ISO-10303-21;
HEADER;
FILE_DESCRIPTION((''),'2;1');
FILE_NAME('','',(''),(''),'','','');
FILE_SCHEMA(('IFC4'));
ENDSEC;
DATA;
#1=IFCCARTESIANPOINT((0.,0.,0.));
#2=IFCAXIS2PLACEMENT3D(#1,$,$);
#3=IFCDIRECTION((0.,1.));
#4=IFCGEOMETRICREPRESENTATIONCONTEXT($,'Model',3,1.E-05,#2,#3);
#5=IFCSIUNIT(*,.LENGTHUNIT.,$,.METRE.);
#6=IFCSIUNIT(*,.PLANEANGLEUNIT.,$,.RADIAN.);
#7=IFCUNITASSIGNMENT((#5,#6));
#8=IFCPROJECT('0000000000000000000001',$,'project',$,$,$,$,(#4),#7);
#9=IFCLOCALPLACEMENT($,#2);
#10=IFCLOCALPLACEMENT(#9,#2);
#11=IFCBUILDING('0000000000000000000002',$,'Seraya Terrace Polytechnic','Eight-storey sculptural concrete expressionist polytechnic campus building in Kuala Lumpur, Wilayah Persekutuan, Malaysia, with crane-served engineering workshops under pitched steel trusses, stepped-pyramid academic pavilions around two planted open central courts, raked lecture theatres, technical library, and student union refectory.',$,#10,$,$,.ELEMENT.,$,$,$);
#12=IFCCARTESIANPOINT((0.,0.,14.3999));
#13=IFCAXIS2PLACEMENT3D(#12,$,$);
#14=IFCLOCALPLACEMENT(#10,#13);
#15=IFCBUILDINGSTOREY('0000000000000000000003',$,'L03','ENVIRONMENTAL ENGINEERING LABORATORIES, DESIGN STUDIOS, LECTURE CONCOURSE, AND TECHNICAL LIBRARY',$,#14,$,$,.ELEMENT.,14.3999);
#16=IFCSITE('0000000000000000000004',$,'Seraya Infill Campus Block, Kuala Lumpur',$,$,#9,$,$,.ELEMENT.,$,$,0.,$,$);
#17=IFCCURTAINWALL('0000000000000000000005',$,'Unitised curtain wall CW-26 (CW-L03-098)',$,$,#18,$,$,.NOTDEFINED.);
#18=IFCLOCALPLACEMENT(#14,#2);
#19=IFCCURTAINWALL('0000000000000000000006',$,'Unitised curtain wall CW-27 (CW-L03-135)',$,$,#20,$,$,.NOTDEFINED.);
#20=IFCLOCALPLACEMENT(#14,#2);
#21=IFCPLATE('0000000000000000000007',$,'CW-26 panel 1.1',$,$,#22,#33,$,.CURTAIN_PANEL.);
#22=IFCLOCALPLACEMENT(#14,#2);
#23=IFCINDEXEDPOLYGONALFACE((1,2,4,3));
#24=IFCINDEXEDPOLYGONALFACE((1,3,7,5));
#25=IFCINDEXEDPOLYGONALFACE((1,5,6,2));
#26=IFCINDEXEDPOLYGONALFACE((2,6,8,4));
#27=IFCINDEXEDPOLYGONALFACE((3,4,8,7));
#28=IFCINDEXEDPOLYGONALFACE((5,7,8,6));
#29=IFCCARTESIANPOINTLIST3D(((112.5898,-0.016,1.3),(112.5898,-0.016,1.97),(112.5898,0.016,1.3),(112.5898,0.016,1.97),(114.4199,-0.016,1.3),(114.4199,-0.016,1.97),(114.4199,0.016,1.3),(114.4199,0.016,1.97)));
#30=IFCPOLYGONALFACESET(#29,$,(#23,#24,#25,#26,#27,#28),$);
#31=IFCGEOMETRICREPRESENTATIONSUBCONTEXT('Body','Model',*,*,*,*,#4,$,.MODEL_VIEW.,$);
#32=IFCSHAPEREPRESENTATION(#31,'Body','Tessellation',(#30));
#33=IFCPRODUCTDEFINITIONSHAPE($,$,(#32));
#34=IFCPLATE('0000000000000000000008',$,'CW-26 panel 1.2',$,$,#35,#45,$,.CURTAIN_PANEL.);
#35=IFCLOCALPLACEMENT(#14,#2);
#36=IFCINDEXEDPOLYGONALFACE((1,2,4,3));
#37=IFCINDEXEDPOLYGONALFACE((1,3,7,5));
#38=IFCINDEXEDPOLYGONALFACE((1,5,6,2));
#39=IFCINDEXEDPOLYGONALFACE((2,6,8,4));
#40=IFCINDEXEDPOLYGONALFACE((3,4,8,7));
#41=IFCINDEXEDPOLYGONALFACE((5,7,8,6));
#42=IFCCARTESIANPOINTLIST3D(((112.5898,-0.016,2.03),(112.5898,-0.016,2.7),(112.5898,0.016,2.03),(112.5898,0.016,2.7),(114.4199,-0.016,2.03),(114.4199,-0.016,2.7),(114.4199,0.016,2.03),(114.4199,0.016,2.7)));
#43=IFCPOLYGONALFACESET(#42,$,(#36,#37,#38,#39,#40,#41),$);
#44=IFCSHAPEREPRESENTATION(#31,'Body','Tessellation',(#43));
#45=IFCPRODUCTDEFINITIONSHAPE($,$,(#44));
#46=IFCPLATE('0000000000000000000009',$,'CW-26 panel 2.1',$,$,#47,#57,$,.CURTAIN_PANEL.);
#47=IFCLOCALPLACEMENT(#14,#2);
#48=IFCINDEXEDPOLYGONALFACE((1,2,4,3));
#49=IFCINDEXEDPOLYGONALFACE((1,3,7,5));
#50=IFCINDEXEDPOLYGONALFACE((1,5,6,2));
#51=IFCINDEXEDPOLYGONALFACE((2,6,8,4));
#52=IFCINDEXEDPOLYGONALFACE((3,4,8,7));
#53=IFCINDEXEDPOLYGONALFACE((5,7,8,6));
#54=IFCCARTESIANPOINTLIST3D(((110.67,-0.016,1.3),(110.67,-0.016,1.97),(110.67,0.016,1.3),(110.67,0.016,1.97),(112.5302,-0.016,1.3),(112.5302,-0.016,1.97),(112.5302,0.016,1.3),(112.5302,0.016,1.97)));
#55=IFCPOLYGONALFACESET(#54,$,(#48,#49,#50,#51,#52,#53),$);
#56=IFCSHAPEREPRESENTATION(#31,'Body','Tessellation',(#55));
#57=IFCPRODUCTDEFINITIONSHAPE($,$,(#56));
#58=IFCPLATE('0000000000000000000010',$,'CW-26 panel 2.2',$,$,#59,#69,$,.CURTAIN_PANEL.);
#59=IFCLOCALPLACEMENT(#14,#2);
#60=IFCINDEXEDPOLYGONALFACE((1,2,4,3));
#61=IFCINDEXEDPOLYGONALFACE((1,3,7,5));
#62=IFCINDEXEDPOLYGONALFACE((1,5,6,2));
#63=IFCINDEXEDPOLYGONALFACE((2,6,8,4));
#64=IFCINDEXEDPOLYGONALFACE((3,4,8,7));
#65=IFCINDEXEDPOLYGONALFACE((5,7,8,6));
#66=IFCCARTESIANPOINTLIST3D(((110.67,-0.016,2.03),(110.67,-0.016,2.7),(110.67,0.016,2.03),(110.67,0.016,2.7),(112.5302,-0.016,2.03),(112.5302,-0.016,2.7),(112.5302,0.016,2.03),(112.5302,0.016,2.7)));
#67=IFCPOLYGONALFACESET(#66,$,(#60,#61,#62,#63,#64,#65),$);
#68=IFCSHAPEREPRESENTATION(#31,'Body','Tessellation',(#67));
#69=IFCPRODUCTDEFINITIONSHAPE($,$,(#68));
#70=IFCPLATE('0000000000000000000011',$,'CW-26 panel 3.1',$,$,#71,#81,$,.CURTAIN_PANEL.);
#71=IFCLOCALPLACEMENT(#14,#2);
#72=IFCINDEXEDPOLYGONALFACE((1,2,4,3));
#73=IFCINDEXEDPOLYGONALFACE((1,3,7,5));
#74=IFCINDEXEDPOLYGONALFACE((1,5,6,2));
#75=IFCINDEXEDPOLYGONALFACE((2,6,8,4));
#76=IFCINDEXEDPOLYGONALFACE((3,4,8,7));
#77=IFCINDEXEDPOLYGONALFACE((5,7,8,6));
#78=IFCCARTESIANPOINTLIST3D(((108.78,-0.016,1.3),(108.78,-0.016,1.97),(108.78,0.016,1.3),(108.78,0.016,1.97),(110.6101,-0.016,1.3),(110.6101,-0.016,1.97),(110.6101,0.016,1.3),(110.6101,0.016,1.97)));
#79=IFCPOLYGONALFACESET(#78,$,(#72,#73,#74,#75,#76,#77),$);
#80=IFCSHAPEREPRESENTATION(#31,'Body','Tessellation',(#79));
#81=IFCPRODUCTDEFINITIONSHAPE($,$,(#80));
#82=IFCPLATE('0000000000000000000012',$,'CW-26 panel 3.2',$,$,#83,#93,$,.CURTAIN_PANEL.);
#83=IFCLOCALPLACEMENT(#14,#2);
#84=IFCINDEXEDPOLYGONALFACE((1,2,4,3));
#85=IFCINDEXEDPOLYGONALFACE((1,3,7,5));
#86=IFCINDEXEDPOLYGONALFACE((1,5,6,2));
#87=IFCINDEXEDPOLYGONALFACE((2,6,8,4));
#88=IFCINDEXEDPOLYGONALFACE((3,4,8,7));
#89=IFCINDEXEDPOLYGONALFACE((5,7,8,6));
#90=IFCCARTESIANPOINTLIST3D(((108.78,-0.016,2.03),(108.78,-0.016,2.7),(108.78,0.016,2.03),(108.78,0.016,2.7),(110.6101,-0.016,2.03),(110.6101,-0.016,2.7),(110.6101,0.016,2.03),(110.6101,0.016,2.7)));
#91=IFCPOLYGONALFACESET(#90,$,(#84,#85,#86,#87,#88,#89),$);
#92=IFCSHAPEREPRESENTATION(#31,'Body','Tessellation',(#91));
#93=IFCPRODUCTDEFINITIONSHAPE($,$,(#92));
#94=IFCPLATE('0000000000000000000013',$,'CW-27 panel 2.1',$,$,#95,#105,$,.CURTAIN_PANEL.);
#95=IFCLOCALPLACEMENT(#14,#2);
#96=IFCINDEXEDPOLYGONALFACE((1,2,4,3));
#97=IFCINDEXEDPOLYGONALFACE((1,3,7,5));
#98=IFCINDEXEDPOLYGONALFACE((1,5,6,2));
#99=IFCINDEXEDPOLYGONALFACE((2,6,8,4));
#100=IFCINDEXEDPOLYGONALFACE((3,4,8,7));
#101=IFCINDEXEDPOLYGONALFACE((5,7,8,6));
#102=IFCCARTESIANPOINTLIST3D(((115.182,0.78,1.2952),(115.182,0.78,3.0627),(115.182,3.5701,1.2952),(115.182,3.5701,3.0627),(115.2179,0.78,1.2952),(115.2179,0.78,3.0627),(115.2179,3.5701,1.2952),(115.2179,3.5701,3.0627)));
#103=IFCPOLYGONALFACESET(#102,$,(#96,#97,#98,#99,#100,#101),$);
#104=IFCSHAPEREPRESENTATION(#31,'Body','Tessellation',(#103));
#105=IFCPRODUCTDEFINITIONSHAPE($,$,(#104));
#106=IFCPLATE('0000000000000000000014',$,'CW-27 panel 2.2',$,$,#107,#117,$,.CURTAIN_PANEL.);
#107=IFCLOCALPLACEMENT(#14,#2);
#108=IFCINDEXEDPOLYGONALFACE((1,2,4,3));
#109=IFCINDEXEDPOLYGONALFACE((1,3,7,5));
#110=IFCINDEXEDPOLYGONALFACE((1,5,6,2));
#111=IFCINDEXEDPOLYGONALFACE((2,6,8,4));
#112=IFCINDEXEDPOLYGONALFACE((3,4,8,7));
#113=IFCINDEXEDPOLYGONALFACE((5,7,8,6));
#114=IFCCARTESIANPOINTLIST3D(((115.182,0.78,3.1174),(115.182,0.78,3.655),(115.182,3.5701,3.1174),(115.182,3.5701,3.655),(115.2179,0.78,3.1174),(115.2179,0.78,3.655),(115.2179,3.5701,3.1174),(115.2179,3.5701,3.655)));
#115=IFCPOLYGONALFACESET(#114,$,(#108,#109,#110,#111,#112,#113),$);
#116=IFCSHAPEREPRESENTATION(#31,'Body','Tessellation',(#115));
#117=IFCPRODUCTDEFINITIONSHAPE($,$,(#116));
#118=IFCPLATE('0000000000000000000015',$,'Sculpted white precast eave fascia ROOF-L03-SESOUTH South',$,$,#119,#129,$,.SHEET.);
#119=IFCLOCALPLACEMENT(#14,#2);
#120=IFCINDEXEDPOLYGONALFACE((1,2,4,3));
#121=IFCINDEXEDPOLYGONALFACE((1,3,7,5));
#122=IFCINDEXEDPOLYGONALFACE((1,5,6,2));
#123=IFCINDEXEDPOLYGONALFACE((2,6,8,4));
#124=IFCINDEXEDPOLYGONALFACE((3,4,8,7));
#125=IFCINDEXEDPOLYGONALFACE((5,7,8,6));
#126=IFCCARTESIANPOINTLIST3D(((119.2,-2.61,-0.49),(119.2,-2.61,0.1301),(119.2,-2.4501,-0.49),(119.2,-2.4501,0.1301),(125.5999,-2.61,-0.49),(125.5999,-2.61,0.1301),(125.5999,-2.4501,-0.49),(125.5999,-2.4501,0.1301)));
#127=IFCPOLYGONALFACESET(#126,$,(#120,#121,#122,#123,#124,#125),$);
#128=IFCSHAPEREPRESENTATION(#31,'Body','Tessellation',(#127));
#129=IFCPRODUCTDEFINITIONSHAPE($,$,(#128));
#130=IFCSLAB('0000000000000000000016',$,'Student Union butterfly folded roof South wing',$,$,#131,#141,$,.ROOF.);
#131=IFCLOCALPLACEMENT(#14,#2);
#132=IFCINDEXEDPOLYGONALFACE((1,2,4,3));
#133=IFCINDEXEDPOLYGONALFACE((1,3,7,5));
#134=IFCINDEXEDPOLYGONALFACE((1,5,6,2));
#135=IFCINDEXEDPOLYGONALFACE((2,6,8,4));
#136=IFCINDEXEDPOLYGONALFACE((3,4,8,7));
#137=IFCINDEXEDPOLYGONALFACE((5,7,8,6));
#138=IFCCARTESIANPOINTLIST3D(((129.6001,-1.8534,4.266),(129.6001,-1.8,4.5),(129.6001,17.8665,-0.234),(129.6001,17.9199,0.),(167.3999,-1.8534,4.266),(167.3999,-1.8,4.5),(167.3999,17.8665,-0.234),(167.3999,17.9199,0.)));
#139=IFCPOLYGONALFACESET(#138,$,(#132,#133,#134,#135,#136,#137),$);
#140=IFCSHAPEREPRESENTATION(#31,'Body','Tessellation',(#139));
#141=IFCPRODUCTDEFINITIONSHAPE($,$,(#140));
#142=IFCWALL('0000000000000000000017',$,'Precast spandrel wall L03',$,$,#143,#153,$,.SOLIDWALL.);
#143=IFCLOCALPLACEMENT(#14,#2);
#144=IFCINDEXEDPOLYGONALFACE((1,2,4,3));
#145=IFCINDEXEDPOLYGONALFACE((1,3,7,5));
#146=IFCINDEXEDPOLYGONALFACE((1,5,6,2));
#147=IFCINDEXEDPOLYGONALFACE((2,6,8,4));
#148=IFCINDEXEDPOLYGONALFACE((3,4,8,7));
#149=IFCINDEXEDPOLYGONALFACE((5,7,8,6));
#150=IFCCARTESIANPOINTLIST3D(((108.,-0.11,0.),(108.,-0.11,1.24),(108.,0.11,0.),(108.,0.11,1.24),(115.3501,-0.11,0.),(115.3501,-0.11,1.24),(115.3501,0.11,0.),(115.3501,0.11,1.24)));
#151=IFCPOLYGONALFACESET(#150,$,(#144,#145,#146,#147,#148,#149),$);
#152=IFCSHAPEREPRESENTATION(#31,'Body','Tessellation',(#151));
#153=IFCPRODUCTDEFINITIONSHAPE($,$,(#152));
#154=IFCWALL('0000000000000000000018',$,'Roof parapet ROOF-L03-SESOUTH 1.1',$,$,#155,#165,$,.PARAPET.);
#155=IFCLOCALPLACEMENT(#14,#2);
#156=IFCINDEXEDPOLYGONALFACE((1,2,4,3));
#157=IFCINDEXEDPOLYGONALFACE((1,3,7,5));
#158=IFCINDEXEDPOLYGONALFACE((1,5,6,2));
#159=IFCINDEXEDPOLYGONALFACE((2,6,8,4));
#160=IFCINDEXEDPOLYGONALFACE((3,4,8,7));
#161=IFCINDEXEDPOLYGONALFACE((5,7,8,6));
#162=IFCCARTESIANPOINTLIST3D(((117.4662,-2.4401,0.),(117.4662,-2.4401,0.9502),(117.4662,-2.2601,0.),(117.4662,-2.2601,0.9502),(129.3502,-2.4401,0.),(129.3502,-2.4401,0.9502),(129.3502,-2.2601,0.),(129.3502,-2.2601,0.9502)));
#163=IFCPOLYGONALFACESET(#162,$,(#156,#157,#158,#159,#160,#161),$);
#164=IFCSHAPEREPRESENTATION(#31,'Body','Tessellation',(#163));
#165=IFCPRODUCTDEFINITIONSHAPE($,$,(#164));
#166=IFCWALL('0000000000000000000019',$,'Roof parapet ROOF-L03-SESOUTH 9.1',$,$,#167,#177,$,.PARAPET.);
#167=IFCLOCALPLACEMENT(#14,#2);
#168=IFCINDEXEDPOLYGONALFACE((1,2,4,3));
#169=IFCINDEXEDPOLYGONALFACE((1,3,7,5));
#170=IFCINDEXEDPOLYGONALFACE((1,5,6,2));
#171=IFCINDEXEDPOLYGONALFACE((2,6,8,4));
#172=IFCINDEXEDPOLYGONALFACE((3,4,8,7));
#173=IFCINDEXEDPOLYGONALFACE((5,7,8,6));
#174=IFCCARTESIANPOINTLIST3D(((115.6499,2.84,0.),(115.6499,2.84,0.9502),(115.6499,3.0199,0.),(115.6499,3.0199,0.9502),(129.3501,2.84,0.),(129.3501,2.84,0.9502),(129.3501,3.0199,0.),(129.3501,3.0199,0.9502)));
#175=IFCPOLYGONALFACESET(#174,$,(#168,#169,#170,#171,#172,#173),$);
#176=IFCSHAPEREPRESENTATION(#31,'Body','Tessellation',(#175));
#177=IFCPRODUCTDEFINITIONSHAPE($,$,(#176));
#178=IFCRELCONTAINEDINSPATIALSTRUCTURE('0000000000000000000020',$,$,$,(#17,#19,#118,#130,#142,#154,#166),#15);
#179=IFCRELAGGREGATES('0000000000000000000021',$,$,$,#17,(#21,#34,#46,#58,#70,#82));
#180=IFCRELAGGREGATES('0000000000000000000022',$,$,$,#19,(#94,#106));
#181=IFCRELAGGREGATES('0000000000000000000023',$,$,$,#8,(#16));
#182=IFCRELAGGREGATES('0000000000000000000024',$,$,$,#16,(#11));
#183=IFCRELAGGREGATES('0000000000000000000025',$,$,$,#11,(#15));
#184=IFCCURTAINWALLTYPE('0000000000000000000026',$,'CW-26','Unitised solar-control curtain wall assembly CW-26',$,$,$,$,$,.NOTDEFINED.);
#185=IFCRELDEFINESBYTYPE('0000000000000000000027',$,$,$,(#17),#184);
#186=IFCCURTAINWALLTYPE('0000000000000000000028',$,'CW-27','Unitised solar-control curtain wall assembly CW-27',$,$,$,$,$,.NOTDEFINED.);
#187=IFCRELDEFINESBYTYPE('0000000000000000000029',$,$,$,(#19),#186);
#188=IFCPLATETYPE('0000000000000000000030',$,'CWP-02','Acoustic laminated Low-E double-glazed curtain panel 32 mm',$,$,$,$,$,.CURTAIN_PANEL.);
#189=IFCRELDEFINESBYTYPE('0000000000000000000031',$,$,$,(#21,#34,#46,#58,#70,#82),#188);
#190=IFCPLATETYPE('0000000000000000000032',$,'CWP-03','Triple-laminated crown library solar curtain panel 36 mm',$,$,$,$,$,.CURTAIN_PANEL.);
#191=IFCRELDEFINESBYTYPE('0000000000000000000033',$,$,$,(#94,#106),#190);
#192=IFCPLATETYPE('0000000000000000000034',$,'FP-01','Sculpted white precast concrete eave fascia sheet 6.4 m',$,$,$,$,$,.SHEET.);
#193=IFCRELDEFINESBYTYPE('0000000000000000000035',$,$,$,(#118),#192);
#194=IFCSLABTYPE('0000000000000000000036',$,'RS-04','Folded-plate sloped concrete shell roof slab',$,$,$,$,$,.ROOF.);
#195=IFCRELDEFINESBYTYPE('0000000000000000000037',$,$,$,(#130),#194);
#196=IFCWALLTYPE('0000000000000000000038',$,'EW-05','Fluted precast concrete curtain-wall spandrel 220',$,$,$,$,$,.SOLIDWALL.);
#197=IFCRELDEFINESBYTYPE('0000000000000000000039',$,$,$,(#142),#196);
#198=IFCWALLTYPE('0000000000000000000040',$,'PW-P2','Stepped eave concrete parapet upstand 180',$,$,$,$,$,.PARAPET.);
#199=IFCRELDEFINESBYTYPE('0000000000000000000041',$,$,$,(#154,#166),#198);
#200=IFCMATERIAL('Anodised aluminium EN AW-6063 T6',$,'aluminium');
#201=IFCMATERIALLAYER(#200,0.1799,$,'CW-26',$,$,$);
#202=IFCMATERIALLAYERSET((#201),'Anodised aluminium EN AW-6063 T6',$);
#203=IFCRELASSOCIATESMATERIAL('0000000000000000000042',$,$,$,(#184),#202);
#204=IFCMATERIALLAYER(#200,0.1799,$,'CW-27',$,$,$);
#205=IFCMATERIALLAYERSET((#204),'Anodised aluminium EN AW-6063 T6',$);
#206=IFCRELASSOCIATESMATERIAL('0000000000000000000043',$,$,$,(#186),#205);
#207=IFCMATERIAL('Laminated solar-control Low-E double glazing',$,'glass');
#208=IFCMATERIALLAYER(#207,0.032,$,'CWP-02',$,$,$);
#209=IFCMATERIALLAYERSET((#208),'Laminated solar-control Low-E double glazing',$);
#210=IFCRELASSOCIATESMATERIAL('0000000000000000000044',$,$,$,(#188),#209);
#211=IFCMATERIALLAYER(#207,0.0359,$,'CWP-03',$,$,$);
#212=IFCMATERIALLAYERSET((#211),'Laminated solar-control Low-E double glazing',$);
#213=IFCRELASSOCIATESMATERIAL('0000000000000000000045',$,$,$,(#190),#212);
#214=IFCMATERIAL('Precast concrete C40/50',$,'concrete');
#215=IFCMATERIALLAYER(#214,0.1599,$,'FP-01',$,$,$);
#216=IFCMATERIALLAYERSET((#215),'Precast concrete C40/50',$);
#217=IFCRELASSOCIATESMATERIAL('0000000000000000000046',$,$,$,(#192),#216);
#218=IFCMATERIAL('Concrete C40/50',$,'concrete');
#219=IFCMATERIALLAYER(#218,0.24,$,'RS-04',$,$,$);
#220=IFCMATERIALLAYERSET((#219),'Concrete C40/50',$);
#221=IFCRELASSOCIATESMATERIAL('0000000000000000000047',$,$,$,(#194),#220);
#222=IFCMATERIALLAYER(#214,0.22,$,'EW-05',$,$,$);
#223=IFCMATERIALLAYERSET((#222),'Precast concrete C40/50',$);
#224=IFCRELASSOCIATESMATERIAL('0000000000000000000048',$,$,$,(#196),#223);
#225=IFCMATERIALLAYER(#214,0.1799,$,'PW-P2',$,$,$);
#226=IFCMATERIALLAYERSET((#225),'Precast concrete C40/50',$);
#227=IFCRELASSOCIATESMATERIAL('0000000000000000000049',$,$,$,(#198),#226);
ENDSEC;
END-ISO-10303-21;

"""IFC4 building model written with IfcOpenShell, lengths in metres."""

from ifc_helpers import new_model, si_unit, direction, frame, frame_2d, origin, origin_2d, place, context, subcontext, project, spatial, polyline, rectangle, outline, extrude, material, layer, layer_set, type_object, element, aggregate, save


model = new_model("IFC4")

# Units and contexts
model_context = context("Model", 3, precision=1e-05, world=origin(), true_north=direction((0.0, 1.0)))
body_context = subcontext(model_context, "Body", "Model", "MODEL_VIEW")
ifc_project = project(units=[si_unit("LENGTHUNIT", "METRE"), si_unit("PLANEANGLEUNIT", "RADIAN")], contexts=[model_context])

# Site, building, storey
site_placement = place(None, origin())
site = spatial("IfcSite", under=ifc_project, at=site_placement, Name="Seraya Infill Campus Block, Kuala Lumpur", CompositionType="ELEMENT", RefElevation=0.0)
building_placement = place(site_placement, origin())
building = spatial("IfcBuilding", under=site, at=building_placement, Name="Seraya Terrace Polytechnic", Description="Eight-storey sculptural concrete expressionist polytechnic campus building in Kuala Lumpur, Wilayah Persekutuan, Malaysia, with crane-served engineering workshops under pitched steel trusses, stepped-pyramid academic pavilions around two planted open central courts, raked lecture theatres, technical library, and student union refectory.", CompositionType="ELEMENT")
storey_placement = place(building_placement, frame((0.0, 0.0, 14.3999)))
storey = spatial("IfcBuildingStorey", under=building, at=storey_placement, Name="L03", Description="ENVIRONMENTAL ENGINEERING LABORATORIES, DESIGN STUDIOS, LECTURE CONCOURSE, AND TECHNICAL LIBRARY", CompositionType="ELEMENT", Elevation=14.3999)

# Shared definitions
ifc_material_1 = material(Name="Concrete C40/50", Category="concrete")

# Curtain wall
ifc_material_2 = material(Name="Anodised aluminium EN AW-6063 T6", Category="aluminium")
ifc_layer_1 = layer(ifc_material_2, 0.1799, Name="CW-26")
ifc_layer_set_1 = layer_set([ifc_layer_1], Name="Anodised aluminium EN AW-6063 T6")
curtain_wall_type_1 = type_object("IfcCurtainWallType", Name="CW-26", Description="Unitised solar-control curtain wall assembly CW-26", PredefinedType="NOTDEFINED", material=ifc_layer_set_1)
curtain_wall_1_placement = place(storey_placement, origin())
curtain_wall_1 = element("IfcCurtainWall", 1, at=curtain_wall_1_placement, inside=storey, type_object=curtain_wall_type_1, Name="Unitised curtain wall CW-26 (CW-L03-098)", PredefinedType="NOTDEFINED")

# Curtain wall
ifc_layer_2 = layer(ifc_material_2, 0.1799, Name="CW-27")
ifc_layer_set_2 = layer_set([ifc_layer_2], Name="Anodised aluminium EN AW-6063 T6")
curtain_wall_type_2 = type_object("IfcCurtainWallType", Name="CW-27", Description="Unitised solar-control curtain wall assembly CW-27", PredefinedType="NOTDEFINED", material=ifc_layer_set_2)
curtain_wall_2_placement = place(storey_placement, origin())
curtain_wall_2 = element("IfcCurtainWall", 2, at=curtain_wall_2_placement, inside=storey, type_object=curtain_wall_type_2, Name="Unitised curtain wall CW-27 (CW-L03-135)", PredefinedType="NOTDEFINED")

# Plates
ifc_material_3 = material(Name="Laminated solar-control Low-E double glazing", Category="glass")
ifc_layer_3 = layer(ifc_material_3, 0.032, Name="CWP-02")
ifc_layer_set_3 = layer_set([ifc_layer_3], Name="Laminated solar-control Low-E double glazing")
plate_type_1 = type_object("IfcPlateType", Name="CWP-02", Description="Acoustic laminated Low-E double-glazed curtain panel 32 mm", PredefinedType="CURTAIN_PANEL", material=ifc_layer_set_3)
plate_1_placement = place(storey_placement, frame((113.5049, 0.0, 1.3), z_axis=(0.0, 0.0, 1.0), x_axis=(-1.0, 0.0, 0.0)))
plate_1 = element("IfcPlate", 3, at=plate_1_placement, type_object=plate_type_1, Name="CW-26 panel 1.1", PredefinedType="CURTAIN_PANEL", context=body_context, shape_type="SweptSolid", body=[
    extrude(rectangle(XDim=1.8301, YDim=0.032, at=origin_2d()), origin(), (0.0, 0.0, 1.0), 0.6699),
])
plate_2_placement = place(storey_placement, frame((113.5049, 0.0, 2.03), z_axis=(0.0, 0.0, 1.0), x_axis=(-1.0, 0.0, 0.0)))
plate_2 = element("IfcPlate", 4, at=plate_2_placement, type_object=plate_type_1, Name="CW-26 panel 1.2", PredefinedType="CURTAIN_PANEL", context=body_context, shape_type="SweptSolid", body=[
    extrude(rectangle(XDim=1.8301, YDim=0.032, at=origin_2d()), origin(), (0.0, 0.0, 1.0), 0.6699),
])
plate_3_placement = place(storey_placement, frame((111.6001, 0.0, 1.3), z_axis=(0.0, 0.0, 1.0), x_axis=(-1.0, 0.0, 0.0)))
plate_3 = element("IfcPlate", 5, at=plate_3_placement, type_object=plate_type_1, Name="CW-26 panel 2.1", PredefinedType="CURTAIN_PANEL", context=body_context, shape_type="SweptSolid", body=[
    extrude(rectangle(XDim=1.8601, YDim=0.032, at=origin_2d()), origin(), (0.0, 0.0, 1.0), 0.6699),
])
plate_4_placement = place(storey_placement, frame((111.6001, 0.0, 2.03), z_axis=(0.0, 0.0, 1.0), x_axis=(-1.0, 0.0, 0.0)))
plate_4 = element("IfcPlate", 6, at=plate_4_placement, type_object=plate_type_1, Name="CW-26 panel 2.2", PredefinedType="CURTAIN_PANEL", context=body_context, shape_type="SweptSolid", body=[
    extrude(rectangle(XDim=1.8601, YDim=0.032, at=origin_2d()), origin(), (0.0, 0.0, 1.0), 0.6699),
])
plate_5_placement = place(storey_placement, frame((109.6951, 0.0, 1.3), z_axis=(0.0, 0.0, 1.0), x_axis=(-1.0, 0.0, 0.0)))
plate_5 = element("IfcPlate", 7, at=plate_5_placement, type_object=plate_type_1, Name="CW-26 panel 3.1", PredefinedType="CURTAIN_PANEL", context=body_context, shape_type="SweptSolid", body=[
    extrude(rectangle(XDim=1.8301, YDim=0.032, at=origin_2d()), origin(), (0.0, 0.0, 1.0), 0.6699),
])
plate_6_placement = place(storey_placement, frame((109.6951, 0.0, 2.03), z_axis=(0.0, 0.0, 1.0), x_axis=(-1.0, 0.0, 0.0)))
plate_6 = element("IfcPlate", 8, at=plate_6_placement, type_object=plate_type_1, Name="CW-26 panel 3.2", PredefinedType="CURTAIN_PANEL", context=body_context, shape_type="SweptSolid", body=[
    extrude(rectangle(XDim=1.8301, YDim=0.032, at=origin_2d()), origin(), (0.0, 0.0, 1.0), 0.6699),
])
aggregate(curtain_wall_1, [plate_1, plate_2, plate_3, plate_4, plate_5, plate_6])
ifc_layer_4 = layer(ifc_material_3, 0.0359, Name="CWP-03")
ifc_layer_set_4 = layer_set([ifc_layer_4], Name="Laminated solar-control Low-E double glazing")
plate_type_2 = type_object("IfcPlateType", Name="CWP-03", Description="Triple-laminated crown library solar curtain panel 36 mm", PredefinedType="CURTAIN_PANEL", material=ifc_layer_set_4)
plate_7_placement = place(storey_placement, frame((115.2, 2.175, 1.2952), z_axis=(0.0, 0.0, 1.0), x_axis=(0.0, -1.0, 0.0)))
plate_7 = element("IfcPlate", 9, at=plate_7_placement, type_object=plate_type_2, Name="CW-27 panel 2.1", PredefinedType="CURTAIN_PANEL", context=body_context, shape_type="SweptSolid", body=[
    extrude(rectangle(XDim=2.79, YDim=0.0359, at=origin_2d()), origin(), (0.0, 0.0, 1.0), 1.7676),
])
plate_8_placement = place(storey_placement, frame((115.2, 2.175, 3.1174), z_axis=(0.0, 0.0, 1.0), x_axis=(0.0, -1.0, 0.0)))
plate_8 = element("IfcPlate", 10, at=plate_8_placement, type_object=plate_type_2, Name="CW-27 panel 2.2", PredefinedType="CURTAIN_PANEL", context=body_context, shape_type="SweptSolid", body=[
    extrude(rectangle(XDim=2.79, YDim=0.0359, at=origin_2d()), origin(), (0.0, 0.0, 1.0), 0.5376),
])
aggregate(curtain_wall_2, [plate_7, plate_8])
ifc_material_4 = material(Name="Precast concrete C40/50", Category="concrete")
ifc_layer_5 = layer(ifc_material_4, 0.1599, Name="FP-01")
ifc_layer_set_5 = layer_set([ifc_layer_5], Name="Precast concrete C40/50")
plate_type_3 = type_object("IfcPlateType", Name="FP-01", Description="Sculpted white precast concrete eave fascia sheet 6.4 m", PredefinedType="SHEET", material=ifc_layer_set_5)
plate_9_placement = place(storey_placement, frame((122.3999, -2.53, -0.49), z_axis=(0.0, 0.0, 1.0), x_axis=(1.0, 0.0, 0.0)))
element("IfcPlate", 11, at=plate_9_placement, inside=storey, type_object=plate_type_3, Name="Sculpted white precast eave fascia ROOF-L03-SESOUTH South", PredefinedType="SHEET", context=body_context, shape_type="SweptSolid", body=[
    extrude(rectangle(XDim=6.3999, YDim=0.1599, at=origin_2d()), origin(), (0.0, 0.0, 1.0), 0.6201),
])

# Slab
ifc_layer_6 = layer(ifc_material_1, 0.24, Name="RS-04")
ifc_layer_set_6 = layer_set([ifc_layer_6], Name="Concrete C40/50")
slab_type = type_object("IfcSlabType", Name="RS-04", Description="Folded-plate sloped concrete shell roof slab", PredefinedType="ROOF", material=ifc_layer_set_6)
slab_placement = place(storey_placement, frame((129.6001, -1.8, 4.5), z_axis=(0.0, 0.222476, 0.974938), x_axis=(1.0, 0.0, 0.0)))
element("IfcSlab", 12, at=slab_placement, inside=storey, type_object=slab_type, Name="Student Union butterfly folded roof South wing", PredefinedType="ROOF", context=body_context, shape_type="SweptSolid", body=[
    extrude(outline(polyline([(0.0, 0.0), (37.7998, 0.0), (37.7998, 20.2269), (0.0, 20.2269), (0.0, 0.0)])), origin(), (0.0, 0.0, -1.0), 0.24),
])

# Walls
ifc_layer_7 = layer(ifc_material_4, 0.22, Name="EW-05")
ifc_layer_set_7 = layer_set([ifc_layer_7], Name="Precast concrete C40/50")
wall_type_1 = type_object("IfcWallType", Name="EW-05", Description="Fluted precast concrete curtain-wall spandrel 220", PredefinedType="SOLIDWALL", material=ifc_layer_set_7)
wall_1_placement = place(storey_placement, frame((115.3501, 0.0, 0.0), z_axis=(0.0, 0.0, 1.0), x_axis=(-1.0, 0.0, 0.0)))
element("IfcWall", 13, at=wall_1_placement, inside=storey, type_object=wall_type_1, Name="Precast spandrel wall L03", PredefinedType="SOLIDWALL", context=body_context, shape_type="SweptSolid", body=[
    extrude(rectangle(XDim=7.3501, YDim=0.22, at=frame_2d((3.675, 0.0))), origin(), (0.0, 0.0, 1.0), 1.24),
])
ifc_layer_8 = layer(ifc_material_4, 0.1799, Name="PW-P2")
ifc_layer_set_8 = layer_set([ifc_layer_8], Name="Precast concrete C40/50")
wall_type_2 = type_object("IfcWallType", Name="PW-P2", Description="Stepped eave concrete parapet upstand 180", PredefinedType="PARAPET", material=ifc_layer_set_8)
wall_2_placement = place(storey_placement, frame((129.3501, -2.3501, 0.0), z_axis=(0.0, 0.0, 1.0), x_axis=(-1.0, 0.0, 0.0)))
element("IfcWall", 14, at=wall_2_placement, inside=storey, type_object=wall_type_2, Name="Roof parapet ROOF-L03-SESOUTH 1.1", PredefinedType="PARAPET", context=body_context, shape_type="SweptSolid", body=[
    extrude(rectangle(XDim=11.884, YDim=0.1799, at=frame_2d((5.9419, 0.0))), origin(), (0.0, 0.0, 1.0), 0.9502),
])
wall_3_placement = place(storey_placement, frame((115.6499, 2.9299, 0.0), z_axis=(0.0, 0.0, 1.0), x_axis=(1.0, 0.0, 0.0)))
element("IfcWall", 15, at=wall_3_placement, inside=storey, type_object=wall_type_2, Name="Roof parapet ROOF-L03-SESOUTH 9.1", PredefinedType="PARAPET", context=body_context, shape_type="SweptSolid", body=[
    extrude(rectangle(XDim=13.7002, YDim=0.1799, at=frame_2d((6.8501, 0.0))), origin(), (0.0, 0.0, 1.0), 0.9502),
])

save(model, "model.ifc")
